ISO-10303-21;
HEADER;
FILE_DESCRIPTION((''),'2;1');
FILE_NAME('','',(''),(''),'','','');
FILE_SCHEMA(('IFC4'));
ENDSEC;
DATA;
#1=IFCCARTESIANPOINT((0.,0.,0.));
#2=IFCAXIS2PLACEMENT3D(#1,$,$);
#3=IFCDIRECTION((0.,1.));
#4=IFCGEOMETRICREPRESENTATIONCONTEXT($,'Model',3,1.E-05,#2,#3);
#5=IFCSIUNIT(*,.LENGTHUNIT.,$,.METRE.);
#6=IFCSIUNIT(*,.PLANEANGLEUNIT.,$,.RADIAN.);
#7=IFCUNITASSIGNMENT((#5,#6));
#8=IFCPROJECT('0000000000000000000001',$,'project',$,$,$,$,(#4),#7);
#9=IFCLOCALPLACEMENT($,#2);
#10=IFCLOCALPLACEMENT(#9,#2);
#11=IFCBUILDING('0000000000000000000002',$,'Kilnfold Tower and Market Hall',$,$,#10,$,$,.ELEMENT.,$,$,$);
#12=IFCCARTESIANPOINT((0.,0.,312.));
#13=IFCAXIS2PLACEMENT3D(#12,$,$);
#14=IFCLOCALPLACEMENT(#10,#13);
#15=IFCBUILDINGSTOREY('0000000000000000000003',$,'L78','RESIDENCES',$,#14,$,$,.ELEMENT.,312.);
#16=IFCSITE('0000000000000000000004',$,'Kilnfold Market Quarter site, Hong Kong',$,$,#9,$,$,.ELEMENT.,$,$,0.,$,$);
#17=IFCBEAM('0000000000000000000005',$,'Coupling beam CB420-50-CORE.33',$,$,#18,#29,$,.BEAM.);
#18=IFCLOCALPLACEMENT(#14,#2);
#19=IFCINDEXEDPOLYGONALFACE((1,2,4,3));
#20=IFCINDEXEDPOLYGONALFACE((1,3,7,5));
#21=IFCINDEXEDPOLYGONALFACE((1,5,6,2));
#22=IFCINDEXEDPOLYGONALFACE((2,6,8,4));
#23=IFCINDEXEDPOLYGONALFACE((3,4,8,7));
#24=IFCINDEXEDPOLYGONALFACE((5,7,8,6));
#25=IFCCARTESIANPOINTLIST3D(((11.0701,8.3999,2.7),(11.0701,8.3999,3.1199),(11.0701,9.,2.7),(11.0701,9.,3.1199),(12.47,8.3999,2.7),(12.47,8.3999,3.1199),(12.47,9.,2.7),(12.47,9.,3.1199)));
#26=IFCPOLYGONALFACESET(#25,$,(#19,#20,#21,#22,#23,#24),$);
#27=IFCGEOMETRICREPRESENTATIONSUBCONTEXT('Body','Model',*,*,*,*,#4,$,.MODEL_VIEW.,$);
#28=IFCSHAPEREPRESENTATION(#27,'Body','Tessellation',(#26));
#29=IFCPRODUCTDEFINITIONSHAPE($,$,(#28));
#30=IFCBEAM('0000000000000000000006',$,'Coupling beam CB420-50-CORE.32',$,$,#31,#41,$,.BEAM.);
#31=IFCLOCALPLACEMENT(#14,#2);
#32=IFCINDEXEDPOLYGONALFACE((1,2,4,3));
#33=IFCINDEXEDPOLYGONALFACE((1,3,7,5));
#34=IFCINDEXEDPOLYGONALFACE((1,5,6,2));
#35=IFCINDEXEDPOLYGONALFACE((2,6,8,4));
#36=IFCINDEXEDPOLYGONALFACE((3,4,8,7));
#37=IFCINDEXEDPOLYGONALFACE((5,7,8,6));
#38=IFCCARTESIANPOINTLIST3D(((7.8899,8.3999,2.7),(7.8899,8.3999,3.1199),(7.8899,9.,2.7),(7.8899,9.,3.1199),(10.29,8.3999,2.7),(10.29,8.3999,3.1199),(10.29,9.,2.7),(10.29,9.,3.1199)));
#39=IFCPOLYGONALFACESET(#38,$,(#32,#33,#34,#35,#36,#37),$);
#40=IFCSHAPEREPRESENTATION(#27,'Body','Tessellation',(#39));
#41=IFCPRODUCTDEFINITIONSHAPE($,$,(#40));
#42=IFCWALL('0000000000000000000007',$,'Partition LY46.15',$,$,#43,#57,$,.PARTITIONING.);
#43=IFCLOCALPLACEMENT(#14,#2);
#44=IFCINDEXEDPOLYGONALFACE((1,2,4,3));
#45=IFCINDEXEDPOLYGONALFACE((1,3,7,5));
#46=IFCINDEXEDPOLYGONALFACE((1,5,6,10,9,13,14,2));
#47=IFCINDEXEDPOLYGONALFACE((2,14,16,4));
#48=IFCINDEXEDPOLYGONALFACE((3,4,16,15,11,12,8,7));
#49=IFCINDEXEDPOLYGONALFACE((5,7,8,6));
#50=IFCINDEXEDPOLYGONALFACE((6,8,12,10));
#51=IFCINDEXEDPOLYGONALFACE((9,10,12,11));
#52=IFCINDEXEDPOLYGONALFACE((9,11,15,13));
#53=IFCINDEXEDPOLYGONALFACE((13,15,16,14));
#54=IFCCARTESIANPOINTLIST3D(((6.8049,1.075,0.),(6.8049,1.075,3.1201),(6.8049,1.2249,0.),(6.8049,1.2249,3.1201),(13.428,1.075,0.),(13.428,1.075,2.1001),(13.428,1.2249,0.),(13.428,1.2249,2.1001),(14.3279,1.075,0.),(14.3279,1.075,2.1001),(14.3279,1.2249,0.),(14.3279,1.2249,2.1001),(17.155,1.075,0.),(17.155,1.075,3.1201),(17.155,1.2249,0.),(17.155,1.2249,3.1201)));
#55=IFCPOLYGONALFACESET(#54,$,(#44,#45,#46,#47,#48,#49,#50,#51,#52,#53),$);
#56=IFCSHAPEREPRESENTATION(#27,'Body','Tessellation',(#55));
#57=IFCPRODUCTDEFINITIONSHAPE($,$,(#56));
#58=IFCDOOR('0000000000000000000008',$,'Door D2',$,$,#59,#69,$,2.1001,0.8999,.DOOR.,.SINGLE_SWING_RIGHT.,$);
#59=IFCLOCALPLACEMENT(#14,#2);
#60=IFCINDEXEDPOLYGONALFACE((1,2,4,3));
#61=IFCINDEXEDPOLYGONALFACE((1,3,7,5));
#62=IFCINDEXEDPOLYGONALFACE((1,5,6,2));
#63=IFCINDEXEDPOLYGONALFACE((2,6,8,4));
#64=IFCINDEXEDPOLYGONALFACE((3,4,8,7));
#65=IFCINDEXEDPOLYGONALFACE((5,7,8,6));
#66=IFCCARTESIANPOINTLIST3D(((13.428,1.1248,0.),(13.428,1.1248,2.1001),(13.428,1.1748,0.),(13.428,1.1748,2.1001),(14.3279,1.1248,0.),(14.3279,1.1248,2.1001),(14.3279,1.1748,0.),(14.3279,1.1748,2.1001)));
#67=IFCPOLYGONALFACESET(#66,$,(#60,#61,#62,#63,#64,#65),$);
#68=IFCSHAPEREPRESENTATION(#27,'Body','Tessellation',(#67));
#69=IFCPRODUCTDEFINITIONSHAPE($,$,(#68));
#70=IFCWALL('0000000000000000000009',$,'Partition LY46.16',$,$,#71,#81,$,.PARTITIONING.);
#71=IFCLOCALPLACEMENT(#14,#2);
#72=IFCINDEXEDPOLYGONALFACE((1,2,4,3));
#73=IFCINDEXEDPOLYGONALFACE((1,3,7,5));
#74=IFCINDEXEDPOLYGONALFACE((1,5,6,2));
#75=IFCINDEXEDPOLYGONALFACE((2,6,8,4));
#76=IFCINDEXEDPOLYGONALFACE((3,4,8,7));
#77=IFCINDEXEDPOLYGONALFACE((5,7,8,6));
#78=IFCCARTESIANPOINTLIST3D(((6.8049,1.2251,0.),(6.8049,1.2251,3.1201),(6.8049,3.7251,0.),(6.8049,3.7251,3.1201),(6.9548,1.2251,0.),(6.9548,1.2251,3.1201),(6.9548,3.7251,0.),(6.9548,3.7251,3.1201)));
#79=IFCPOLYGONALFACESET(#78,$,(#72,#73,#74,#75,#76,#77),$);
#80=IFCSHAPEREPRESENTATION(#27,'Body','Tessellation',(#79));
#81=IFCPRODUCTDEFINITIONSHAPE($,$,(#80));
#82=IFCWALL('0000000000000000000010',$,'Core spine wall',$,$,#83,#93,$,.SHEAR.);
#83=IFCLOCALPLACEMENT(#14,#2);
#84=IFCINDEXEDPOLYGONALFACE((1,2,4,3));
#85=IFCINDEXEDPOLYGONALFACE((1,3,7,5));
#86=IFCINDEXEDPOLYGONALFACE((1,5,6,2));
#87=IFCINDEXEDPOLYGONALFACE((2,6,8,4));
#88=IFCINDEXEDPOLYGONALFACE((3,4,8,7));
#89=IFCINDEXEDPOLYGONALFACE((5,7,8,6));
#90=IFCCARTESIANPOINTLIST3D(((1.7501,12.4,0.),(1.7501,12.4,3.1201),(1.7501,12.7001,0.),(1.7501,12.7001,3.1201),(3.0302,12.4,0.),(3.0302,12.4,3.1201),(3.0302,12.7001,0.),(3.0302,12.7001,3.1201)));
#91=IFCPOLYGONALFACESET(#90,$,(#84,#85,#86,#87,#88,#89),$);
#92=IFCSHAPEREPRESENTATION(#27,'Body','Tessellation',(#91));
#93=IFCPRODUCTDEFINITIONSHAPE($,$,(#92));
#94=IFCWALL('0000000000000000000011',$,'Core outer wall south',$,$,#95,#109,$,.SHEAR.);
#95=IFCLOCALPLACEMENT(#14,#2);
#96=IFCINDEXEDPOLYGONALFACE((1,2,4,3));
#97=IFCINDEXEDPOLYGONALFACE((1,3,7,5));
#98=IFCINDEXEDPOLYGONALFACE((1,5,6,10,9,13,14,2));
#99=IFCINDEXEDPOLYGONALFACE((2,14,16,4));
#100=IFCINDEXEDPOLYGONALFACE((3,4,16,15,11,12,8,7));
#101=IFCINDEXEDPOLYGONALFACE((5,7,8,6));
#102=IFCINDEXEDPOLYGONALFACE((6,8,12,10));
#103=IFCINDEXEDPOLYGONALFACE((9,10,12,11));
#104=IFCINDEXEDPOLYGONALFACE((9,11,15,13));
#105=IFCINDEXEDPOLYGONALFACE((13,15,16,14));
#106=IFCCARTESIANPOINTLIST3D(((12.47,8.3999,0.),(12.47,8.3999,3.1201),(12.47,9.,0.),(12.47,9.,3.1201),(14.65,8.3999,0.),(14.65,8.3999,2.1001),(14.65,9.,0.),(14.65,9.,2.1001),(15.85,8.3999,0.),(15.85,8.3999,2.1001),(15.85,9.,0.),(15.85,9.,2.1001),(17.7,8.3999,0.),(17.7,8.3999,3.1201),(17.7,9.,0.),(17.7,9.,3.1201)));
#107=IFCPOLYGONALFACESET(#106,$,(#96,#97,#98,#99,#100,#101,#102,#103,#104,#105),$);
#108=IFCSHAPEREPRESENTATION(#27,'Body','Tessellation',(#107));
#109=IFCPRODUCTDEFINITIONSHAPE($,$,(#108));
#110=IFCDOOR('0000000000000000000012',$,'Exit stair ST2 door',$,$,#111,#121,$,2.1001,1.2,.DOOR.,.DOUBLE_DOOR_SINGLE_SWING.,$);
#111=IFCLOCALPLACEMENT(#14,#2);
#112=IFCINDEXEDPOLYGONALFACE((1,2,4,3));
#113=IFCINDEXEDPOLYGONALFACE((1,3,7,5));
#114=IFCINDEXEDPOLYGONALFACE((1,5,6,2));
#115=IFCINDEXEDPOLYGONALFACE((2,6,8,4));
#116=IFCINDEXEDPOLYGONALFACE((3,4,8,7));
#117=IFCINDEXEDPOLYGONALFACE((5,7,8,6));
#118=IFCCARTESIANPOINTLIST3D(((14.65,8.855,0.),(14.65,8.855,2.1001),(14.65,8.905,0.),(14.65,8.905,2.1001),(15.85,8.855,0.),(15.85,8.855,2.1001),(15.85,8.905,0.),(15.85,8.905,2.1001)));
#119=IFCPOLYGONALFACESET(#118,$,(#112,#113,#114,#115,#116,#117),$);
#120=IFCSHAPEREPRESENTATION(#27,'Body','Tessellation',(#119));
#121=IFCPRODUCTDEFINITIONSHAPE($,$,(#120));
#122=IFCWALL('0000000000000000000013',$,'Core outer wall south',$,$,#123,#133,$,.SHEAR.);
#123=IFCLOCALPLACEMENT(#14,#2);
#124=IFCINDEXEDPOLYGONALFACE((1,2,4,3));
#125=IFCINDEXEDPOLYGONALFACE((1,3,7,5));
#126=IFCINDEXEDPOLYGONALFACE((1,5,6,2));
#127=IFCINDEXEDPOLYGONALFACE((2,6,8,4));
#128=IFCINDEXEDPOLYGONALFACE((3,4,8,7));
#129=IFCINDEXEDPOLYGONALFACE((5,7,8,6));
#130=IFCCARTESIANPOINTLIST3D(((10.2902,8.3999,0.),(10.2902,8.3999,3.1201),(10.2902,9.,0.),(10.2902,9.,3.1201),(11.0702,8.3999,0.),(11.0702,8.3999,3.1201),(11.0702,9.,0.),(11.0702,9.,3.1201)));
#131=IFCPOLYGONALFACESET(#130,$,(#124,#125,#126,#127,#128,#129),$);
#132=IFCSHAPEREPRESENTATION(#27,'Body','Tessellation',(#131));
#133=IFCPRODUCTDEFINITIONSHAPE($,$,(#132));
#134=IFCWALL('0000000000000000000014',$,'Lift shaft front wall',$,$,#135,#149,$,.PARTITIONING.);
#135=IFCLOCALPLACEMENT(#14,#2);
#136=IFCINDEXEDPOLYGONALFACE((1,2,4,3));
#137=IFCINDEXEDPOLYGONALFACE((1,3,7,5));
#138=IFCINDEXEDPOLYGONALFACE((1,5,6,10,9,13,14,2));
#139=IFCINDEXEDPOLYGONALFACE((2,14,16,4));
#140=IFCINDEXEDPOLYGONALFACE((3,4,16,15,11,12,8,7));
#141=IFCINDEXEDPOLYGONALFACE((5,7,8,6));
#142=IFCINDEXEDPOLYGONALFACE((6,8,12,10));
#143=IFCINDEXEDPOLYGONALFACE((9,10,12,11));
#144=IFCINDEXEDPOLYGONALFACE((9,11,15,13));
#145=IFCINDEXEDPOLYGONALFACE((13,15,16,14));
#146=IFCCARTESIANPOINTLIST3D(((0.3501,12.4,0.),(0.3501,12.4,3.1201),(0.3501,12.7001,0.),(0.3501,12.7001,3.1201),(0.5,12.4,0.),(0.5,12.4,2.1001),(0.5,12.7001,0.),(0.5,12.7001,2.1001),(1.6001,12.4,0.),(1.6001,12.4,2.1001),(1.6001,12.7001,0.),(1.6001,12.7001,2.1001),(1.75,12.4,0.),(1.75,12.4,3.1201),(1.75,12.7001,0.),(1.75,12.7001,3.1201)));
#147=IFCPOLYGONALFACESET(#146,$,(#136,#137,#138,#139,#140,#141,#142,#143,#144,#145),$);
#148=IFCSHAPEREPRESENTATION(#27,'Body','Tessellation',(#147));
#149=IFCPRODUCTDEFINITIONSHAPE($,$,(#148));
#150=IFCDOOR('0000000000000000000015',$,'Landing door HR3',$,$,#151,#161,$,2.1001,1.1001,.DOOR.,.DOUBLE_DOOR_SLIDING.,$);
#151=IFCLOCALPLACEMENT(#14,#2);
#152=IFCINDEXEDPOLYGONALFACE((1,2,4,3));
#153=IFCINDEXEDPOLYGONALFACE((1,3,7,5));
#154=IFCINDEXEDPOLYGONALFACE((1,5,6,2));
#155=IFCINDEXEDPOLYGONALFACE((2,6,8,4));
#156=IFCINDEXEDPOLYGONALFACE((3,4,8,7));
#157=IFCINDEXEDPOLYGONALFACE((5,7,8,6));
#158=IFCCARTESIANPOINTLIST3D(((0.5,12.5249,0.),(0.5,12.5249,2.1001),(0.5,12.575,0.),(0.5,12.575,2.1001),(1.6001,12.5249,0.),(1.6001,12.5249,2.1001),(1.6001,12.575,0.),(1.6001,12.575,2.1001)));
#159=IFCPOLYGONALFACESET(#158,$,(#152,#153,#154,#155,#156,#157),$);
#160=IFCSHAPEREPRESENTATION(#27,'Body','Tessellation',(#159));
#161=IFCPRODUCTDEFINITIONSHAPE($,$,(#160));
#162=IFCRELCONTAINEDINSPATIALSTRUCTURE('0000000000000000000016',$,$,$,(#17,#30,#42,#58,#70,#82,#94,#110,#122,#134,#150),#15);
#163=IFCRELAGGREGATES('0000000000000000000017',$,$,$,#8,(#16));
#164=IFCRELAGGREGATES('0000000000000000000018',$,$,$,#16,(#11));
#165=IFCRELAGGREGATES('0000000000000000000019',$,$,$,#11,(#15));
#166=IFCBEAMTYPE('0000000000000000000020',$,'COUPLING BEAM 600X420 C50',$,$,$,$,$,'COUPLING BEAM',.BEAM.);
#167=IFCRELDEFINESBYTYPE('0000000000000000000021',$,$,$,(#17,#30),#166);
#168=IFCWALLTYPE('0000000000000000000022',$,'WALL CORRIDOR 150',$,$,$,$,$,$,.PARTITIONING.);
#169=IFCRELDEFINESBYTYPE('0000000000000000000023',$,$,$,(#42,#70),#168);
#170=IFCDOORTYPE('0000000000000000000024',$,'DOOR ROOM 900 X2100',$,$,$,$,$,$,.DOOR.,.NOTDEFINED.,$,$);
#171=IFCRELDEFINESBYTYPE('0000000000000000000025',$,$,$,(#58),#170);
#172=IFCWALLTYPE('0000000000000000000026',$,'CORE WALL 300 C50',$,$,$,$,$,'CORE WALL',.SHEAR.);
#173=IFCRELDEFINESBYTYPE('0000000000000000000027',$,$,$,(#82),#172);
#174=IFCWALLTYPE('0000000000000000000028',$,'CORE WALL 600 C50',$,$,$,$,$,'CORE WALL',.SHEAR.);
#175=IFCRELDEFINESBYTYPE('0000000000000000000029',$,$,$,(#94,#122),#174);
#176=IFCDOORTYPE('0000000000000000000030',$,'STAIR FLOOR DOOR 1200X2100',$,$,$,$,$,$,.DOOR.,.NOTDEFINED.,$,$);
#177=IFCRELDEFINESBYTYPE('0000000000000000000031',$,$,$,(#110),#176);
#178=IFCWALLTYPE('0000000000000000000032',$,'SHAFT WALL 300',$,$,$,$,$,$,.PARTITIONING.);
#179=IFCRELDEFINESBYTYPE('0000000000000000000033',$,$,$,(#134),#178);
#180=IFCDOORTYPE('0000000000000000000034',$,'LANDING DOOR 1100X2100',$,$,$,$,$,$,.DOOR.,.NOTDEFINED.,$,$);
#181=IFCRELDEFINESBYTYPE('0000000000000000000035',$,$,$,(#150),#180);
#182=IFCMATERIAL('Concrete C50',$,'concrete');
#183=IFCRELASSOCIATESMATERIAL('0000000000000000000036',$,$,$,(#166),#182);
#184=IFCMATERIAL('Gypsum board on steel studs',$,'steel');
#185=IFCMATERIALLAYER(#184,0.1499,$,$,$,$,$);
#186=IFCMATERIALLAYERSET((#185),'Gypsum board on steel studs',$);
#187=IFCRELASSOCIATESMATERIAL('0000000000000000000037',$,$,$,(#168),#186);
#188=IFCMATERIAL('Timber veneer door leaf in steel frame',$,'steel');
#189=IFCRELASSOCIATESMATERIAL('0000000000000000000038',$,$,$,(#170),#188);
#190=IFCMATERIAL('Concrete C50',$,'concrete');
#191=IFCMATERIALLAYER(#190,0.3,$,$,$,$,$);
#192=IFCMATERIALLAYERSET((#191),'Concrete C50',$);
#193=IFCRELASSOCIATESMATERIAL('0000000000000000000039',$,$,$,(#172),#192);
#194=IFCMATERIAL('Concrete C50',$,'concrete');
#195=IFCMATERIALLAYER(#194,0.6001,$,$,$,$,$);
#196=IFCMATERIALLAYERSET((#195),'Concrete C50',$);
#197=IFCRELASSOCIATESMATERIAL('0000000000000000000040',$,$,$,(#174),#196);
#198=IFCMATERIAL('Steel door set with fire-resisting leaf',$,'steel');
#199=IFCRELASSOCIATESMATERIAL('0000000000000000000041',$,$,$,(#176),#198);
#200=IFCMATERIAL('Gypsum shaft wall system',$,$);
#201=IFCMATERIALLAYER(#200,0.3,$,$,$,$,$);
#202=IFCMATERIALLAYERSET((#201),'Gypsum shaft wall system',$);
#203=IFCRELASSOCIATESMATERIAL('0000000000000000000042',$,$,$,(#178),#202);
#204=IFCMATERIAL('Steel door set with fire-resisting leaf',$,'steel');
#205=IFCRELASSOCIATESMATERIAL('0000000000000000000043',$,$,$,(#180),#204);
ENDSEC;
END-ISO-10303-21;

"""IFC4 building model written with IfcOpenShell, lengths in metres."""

from ifc_helpers import new_model, si_unit, direction, frame, frame_2d, origin, origin_2d, place, context, subcontext, project, spatial, rectangle, extrude, source, transform, mapped, material, layer, layer_set, material_profile, profile_set, type_object, element, fill, save


model = new_model("IFC4")

# Units and contexts
model_context = context("Model", 3, precision=1e-05, world=origin(), true_north=direction((0.0, 1.0)))
body_context = subcontext(model_context, "Body", "Model", "MODEL_VIEW")
ifc_project = project(units=[si_unit("LENGTHUNIT", "METRE"), si_unit("PLANEANGLEUNIT", "RADIAN")], contexts=[model_context])

# Site, building, storey
site_placement = place(None, origin())
site = spatial("IfcSite", under=ifc_project, at=site_placement, Name="Kilnfold Market Quarter site, Hong Kong", CompositionType="ELEMENT", RefElevation=0.0)
building_placement = place(site_placement, origin())
building = spatial("IfcBuilding", under=site, at=building_placement, Name="Kilnfold Tower and Market Hall", CompositionType="ELEMENT")
storey_placement = place(building_placement, frame((0.0, 0.0, 312.0)))
storey = spatial("IfcBuildingStorey", under=building, at=storey_placement, Name="L78", Description="RESIDENCES", CompositionType="ELEMENT", Elevation=312.0)

# Beams
ifc_material_1 = material(Name="Concrete C50", Category="concrete")
ifc_material_profile = material_profile(ifc_material_1, rectangle(XDim=0.6001, YDim=0.4199, at=origin_2d()), Name="RC 600x420")
ifc_profile_set = profile_set([ifc_material_profile], Name="Concrete C50")
beam_type = type_object("IfcBeamType", Name="COUPLING BEAM 600X420 C50", ElementType="COUPLING BEAM", PredefinedType="BEAM", material=ifc_profile_set)
shared_shape_1 = source(origin(), body_context, "Body", "SweptSolid", [
    extrude(rectangle(XDim=0.6001, YDim=0.4199, at=origin_2d()), origin(), (0.0, 0.0, 1.0), 1.3999),
])
beam_1_placement = place(storey_placement, frame((11.0701, 8.7, 2.9099), z_axis=(1.0, 0.0, 0.0), x_axis=(0.0, 1.0, 0.0)))
element("IfcBeam", 1, at=beam_1_placement, inside=storey, type_object=beam_type, Name="Coupling beam CB420-50-CORE.33", PredefinedType="BEAM", context=body_context, shape_type="MappedRepresentation", body=[
    mapped(shared_shape_1, transform((0.0, 0.0, 0.0))),
])
shared_shape_2 = source(origin(), body_context, "Body", "SweptSolid", [
    extrude(rectangle(XDim=0.6001, YDim=0.4199, at=origin_2d()), origin(), (0.0, 0.0, 1.0), 2.4001),
])
beam_2_placement = place(storey_placement, frame((7.8899, 8.7, 2.9099), z_axis=(1.0, 0.0, 0.0), x_axis=(0.0, 1.0, 0.0)))
element("IfcBeam", 2, at=beam_2_placement, inside=storey, type_object=beam_type, Name="Coupling beam CB420-50-CORE.32", PredefinedType="BEAM", context=body_context, shape_type="MappedRepresentation", body=[
    mapped(shared_shape_2, transform((0.0, 0.0, 0.0))),
])

# Wall, opening, door
ifc_material_2 = material(Name="Gypsum board on steel studs", Category="steel")
ifc_layer_1 = layer(ifc_material_2, 0.1499)
ifc_layer_set_1 = layer_set([ifc_layer_1], Name="Gypsum board on steel studs")
wall_type_1 = type_object("IfcWallType", Name="WALL CORRIDOR 150", PredefinedType="PARTITIONING", material=ifc_layer_set_1)
wall_1_placement = place(storey_placement, frame((6.8049, 1.1499, 0.0), z_axis=(0.0, 0.0, 1.0), x_axis=(1.0, 0.0, 0.0)))
wall_1 = element("IfcWall", 3, at=wall_1_placement, inside=storey, type_object=wall_type_1, Name="Partition LY46.15", PredefinedType="PARTITIONING", context=body_context, shape_type="SweptSolid", body=[
    extrude(rectangle(XDim=10.3501, YDim=0.1499, at=frame_2d((5.175, 0.0))), origin(), (0.0, 0.0, 1.0), 3.1201),
])
opening_1_placement = place(wall_1_placement, frame((6.623, 0.0, 0.0)))
opening_1 = element("IfcOpeningElement", 4, at=opening_1_placement, cuts=wall_1, PredefinedType="OPENING", context=body_context, shape_type="SweptSolid", body=[
    extrude(rectangle(XDim=0.8999, YDim=2.1001, at=frame_2d((0.45, 1.05))), frame((0.0, 0.085, 0.0), z_axis=(0.0, -1.0, 0.0), x_axis=(1.0, 0.0, 0.0)), (0.0, 0.0, 1.0), 0.1699),
])
ifc_material_3 = material(Name="Timber veneer door leaf in steel frame", Category="steel")
door_type_1 = type_object("IfcDoorType", Name="DOOR ROOM 900 X2100", OperationType="NOTDEFINED", PredefinedType="DOOR", material=ifc_material_3)
door_1_placement = place(opening_1_placement, origin())
door_1 = element("IfcDoor", 5, at=door_1_placement, inside=storey, type_object=door_type_1, Name="Door D2", OperationType="SINGLE_SWING_RIGHT", OverallHeight=2.1001, OverallWidth=0.8999, PredefinedType="DOOR", context=body_context, shape_type="SweptSolid", body=[
    extrude(rectangle(XDim=0.8999, YDim=2.1001, at=frame_2d((0.45, 1.05))), frame((0.0, 0.0249, 0.0), z_axis=(0.0, -1.0, 0.0), x_axis=(1.0, 0.0, 0.0)), (0.0, 0.0, 1.0), 0.05),
])
fill(opening_1, door_1)

# Walls
wall_2_placement = place(storey_placement, frame((6.8799, 3.7251, 0.0), z_axis=(0.0, 0.0, 1.0), x_axis=(0.0, -1.0, 0.0)))
element("IfcWall", 6, at=wall_2_placement, inside=storey, type_object=wall_type_1, Name="Partition LY46.16", PredefinedType="PARTITIONING", context=body_context, shape_type="SweptSolid", body=[
    extrude(rectangle(XDim=2.5, YDim=0.1499, at=frame_2d((1.25, 0.0))), origin(), (0.0, 0.0, 1.0), 3.1201),
])
ifc_material_4 = material(Name="Concrete C50", Category="concrete")
ifc_layer_2 = layer(ifc_material_4, 0.3)
ifc_layer_set_2 = layer_set([ifc_layer_2], Name="Concrete C50")
wall_type_2 = type_object("IfcWallType", Name="CORE WALL 300 C50", ElementType="CORE WALL", PredefinedType="SHEAR", material=ifc_layer_set_2)
shared_shape_3 = source(origin(), body_context, "Body", "SweptSolid", [
    extrude(rectangle(XDim=1.28, YDim=0.3, at=frame_2d((0.6401, 0.0))), origin(), (0.0, 0.0, 1.0), 3.1201),
])
wall_3_placement = place(storey_placement, frame((1.75, 12.55, 0.0), z_axis=(0.0, 0.0, 1.0), x_axis=(1.0, 0.0, 0.0)))
element("IfcWall", 7, at=wall_3_placement, inside=storey, type_object=wall_type_2, Name="Core spine wall", PredefinedType="SHEAR", context=body_context, shape_type="MappedRepresentation", body=[
    mapped(shared_shape_3, transform((0.0, 0.0, 0.0))),
])

# Wall, opening, door
ifc_material_5 = material(Name="Concrete C50", Category="concrete")
ifc_layer_3 = layer(ifc_material_5, 0.6001)
ifc_layer_set_3 = layer_set([ifc_layer_3], Name="Concrete C50")
wall_type_3 = type_object("IfcWallType", Name="CORE WALL 600 C50", ElementType="CORE WALL", PredefinedType="SHEAR", material=ifc_layer_set_3)
shared_shape_4 = source(origin(), body_context, "Body", "SweptSolid", [
    extrude(rectangle(XDim=5.23, YDim=0.6001, at=frame_2d((2.615, 0.0))), origin(), (0.0, 0.0, 1.0), 3.1201),
])
wall_4_placement = place(storey_placement, frame((12.47, 8.7, 0.0), z_axis=(0.0, 0.0, 1.0), x_axis=(1.0, 0.0, 0.0)))
wall_4 = element("IfcWall", 8, at=wall_4_placement, inside=storey, type_object=wall_type_3, Name="Core outer wall south", PredefinedType="SHEAR", context=body_context, shape_type="MappedRepresentation", body=[
    mapped(shared_shape_4, transform((0.0, 0.0, 0.0))),
])
opening_2_placement = place(wall_4_placement, frame((2.1799, 0.0, 0.0)))
opening_2 = element("IfcOpeningElement", 9, at=opening_2_placement, cuts=wall_4, PredefinedType="OPENING", context=body_context, shape_type="SweptSolid", body=[
    extrude(rectangle(XDim=1.2, YDim=2.1001, at=frame_2d((0.6001, 1.05))), frame((0.0, 0.3101, 0.0), z_axis=(0.0, -1.0, 0.0), x_axis=(1.0, 0.0, 0.0)), (0.0, 0.0, 1.0), 0.6201),
])
ifc_material_6 = material(Name="Steel door set with fire-resisting leaf", Category="steel")
door_type_2 = type_object("IfcDoorType", Name="STAIR FLOOR DOOR 1200X2100", OperationType="NOTDEFINED", PredefinedType="DOOR", material=ifc_material_6)
door_2_placement = place(opening_2_placement, origin())
door_2 = element("IfcDoor", 10, at=door_2_placement, inside=storey, type_object=door_type_2, Name="Exit stair ST2 door", OperationType="DOUBLE_DOOR_SINGLE_SWING", OverallHeight=2.1001, OverallWidth=1.2, PredefinedType="DOOR", context=body_context, shape_type="SweptSolid", body=[
    extrude(rectangle(XDim=1.2, YDim=2.1001, at=frame_2d((0.6001, 1.05))), frame((0.0, 0.2051, 0.0), z_axis=(0.0, -1.0, 0.0), x_axis=(1.0, 0.0, 0.0)), (0.0, 0.0, 1.0), 0.05),
])
fill(opening_2, door_2)

# Wall
shared_shape_5 = source(origin(), body_context, "Body", "SweptSolid", [
    extrude(rectangle(XDim=0.78, YDim=0.6001, at=frame_2d((0.3901, 0.0))), origin(), (0.0, 0.0, 1.0), 3.1201),
])
wall_5_placement = place(storey_placement, frame((10.29, 8.7, 0.0), z_axis=(0.0, 0.0, 1.0), x_axis=(1.0, 0.0, 0.0)))
element("IfcWall", 11, at=wall_5_placement, inside=storey, type_object=wall_type_3, Name="Core outer wall south", PredefinedType="SHEAR", context=body_context, shape_type="MappedRepresentation", body=[
    mapped(shared_shape_5, transform((0.0, 0.0, 0.0))),
])

# Wall, opening, door
ifc_material_7 = material(Name="Gypsum shaft wall system")
ifc_layer_4 = layer(ifc_material_7, 0.3)
ifc_layer_set_4 = layer_set([ifc_layer_4], Name="Gypsum shaft wall system")
wall_type_4 = type_object("IfcWallType", Name="SHAFT WALL 300", PredefinedType="PARTITIONING", material=ifc_layer_set_4)
shared_shape_6 = source(origin(), body_context, "Body", "SweptSolid", [
    extrude(rectangle(XDim=1.3999, YDim=0.3, at=frame_2d((0.7, 0.0))), origin(), (0.0, 0.0, 1.0), 3.1201),
])
wall_6_placement = place(storey_placement, frame((0.3501, 12.55, 0.0), z_axis=(0.0, 0.0, 1.0), x_axis=(1.0, 0.0, 0.0)))
wall_6 = element("IfcWall", 12, at=wall_6_placement, inside=storey, type_object=wall_type_4, Name="Lift shaft front wall", PredefinedType="PARTITIONING", context=body_context, shape_type="MappedRepresentation", body=[
    mapped(shared_shape_6, transform((0.0, 0.0, 0.0))),
])
opening_3_placement = place(wall_6_placement, frame((0.1499, 0.0, 0.0)))
opening_3 = element("IfcOpeningElement", 13, at=opening_3_placement, cuts=wall_6, PredefinedType="OPENING", context=body_context, shape_type="SweptSolid", body=[
    extrude(rectangle(XDim=1.1001, YDim=2.1001, at=frame_2d((0.55, 1.05))), frame((0.0, 0.1602, 0.0), z_axis=(0.0, -1.0, 0.0), x_axis=(1.0, 0.0, 0.0)), (0.0, 0.0, 1.0), 0.3201),
])
ifc_material_8 = material(Name="Steel door set with fire-resisting leaf", Category="steel")
door_type_3 = type_object("IfcDoorType", Name="LANDING DOOR 1100X2100", OperationType="NOTDEFINED", PredefinedType="DOOR", material=ifc_material_8)
door_3_placement = place(opening_3_placement, origin())
door_3 = element("IfcDoor", 14, at=door_3_placement, inside=storey, type_object=door_type_3, Name="Landing door HR3", OperationType="DOUBLE_DOOR_SLIDING", OverallHeight=2.1001, OverallWidth=1.1001, PredefinedType="DOOR", context=body_context, shape_type="SweptSolid", body=[
    extrude(rectangle(XDim=1.1001, YDim=2.1001, at=frame_2d((0.55, 1.05))), frame((0.0, 0.0249, 0.0), z_axis=(0.0, -1.0, 0.0), x_axis=(1.0, 0.0, 0.0)), (0.0, 0.0, 1.0), 0.05),
])
fill(opening_3, door_3)

save(model, "model.ifc")
